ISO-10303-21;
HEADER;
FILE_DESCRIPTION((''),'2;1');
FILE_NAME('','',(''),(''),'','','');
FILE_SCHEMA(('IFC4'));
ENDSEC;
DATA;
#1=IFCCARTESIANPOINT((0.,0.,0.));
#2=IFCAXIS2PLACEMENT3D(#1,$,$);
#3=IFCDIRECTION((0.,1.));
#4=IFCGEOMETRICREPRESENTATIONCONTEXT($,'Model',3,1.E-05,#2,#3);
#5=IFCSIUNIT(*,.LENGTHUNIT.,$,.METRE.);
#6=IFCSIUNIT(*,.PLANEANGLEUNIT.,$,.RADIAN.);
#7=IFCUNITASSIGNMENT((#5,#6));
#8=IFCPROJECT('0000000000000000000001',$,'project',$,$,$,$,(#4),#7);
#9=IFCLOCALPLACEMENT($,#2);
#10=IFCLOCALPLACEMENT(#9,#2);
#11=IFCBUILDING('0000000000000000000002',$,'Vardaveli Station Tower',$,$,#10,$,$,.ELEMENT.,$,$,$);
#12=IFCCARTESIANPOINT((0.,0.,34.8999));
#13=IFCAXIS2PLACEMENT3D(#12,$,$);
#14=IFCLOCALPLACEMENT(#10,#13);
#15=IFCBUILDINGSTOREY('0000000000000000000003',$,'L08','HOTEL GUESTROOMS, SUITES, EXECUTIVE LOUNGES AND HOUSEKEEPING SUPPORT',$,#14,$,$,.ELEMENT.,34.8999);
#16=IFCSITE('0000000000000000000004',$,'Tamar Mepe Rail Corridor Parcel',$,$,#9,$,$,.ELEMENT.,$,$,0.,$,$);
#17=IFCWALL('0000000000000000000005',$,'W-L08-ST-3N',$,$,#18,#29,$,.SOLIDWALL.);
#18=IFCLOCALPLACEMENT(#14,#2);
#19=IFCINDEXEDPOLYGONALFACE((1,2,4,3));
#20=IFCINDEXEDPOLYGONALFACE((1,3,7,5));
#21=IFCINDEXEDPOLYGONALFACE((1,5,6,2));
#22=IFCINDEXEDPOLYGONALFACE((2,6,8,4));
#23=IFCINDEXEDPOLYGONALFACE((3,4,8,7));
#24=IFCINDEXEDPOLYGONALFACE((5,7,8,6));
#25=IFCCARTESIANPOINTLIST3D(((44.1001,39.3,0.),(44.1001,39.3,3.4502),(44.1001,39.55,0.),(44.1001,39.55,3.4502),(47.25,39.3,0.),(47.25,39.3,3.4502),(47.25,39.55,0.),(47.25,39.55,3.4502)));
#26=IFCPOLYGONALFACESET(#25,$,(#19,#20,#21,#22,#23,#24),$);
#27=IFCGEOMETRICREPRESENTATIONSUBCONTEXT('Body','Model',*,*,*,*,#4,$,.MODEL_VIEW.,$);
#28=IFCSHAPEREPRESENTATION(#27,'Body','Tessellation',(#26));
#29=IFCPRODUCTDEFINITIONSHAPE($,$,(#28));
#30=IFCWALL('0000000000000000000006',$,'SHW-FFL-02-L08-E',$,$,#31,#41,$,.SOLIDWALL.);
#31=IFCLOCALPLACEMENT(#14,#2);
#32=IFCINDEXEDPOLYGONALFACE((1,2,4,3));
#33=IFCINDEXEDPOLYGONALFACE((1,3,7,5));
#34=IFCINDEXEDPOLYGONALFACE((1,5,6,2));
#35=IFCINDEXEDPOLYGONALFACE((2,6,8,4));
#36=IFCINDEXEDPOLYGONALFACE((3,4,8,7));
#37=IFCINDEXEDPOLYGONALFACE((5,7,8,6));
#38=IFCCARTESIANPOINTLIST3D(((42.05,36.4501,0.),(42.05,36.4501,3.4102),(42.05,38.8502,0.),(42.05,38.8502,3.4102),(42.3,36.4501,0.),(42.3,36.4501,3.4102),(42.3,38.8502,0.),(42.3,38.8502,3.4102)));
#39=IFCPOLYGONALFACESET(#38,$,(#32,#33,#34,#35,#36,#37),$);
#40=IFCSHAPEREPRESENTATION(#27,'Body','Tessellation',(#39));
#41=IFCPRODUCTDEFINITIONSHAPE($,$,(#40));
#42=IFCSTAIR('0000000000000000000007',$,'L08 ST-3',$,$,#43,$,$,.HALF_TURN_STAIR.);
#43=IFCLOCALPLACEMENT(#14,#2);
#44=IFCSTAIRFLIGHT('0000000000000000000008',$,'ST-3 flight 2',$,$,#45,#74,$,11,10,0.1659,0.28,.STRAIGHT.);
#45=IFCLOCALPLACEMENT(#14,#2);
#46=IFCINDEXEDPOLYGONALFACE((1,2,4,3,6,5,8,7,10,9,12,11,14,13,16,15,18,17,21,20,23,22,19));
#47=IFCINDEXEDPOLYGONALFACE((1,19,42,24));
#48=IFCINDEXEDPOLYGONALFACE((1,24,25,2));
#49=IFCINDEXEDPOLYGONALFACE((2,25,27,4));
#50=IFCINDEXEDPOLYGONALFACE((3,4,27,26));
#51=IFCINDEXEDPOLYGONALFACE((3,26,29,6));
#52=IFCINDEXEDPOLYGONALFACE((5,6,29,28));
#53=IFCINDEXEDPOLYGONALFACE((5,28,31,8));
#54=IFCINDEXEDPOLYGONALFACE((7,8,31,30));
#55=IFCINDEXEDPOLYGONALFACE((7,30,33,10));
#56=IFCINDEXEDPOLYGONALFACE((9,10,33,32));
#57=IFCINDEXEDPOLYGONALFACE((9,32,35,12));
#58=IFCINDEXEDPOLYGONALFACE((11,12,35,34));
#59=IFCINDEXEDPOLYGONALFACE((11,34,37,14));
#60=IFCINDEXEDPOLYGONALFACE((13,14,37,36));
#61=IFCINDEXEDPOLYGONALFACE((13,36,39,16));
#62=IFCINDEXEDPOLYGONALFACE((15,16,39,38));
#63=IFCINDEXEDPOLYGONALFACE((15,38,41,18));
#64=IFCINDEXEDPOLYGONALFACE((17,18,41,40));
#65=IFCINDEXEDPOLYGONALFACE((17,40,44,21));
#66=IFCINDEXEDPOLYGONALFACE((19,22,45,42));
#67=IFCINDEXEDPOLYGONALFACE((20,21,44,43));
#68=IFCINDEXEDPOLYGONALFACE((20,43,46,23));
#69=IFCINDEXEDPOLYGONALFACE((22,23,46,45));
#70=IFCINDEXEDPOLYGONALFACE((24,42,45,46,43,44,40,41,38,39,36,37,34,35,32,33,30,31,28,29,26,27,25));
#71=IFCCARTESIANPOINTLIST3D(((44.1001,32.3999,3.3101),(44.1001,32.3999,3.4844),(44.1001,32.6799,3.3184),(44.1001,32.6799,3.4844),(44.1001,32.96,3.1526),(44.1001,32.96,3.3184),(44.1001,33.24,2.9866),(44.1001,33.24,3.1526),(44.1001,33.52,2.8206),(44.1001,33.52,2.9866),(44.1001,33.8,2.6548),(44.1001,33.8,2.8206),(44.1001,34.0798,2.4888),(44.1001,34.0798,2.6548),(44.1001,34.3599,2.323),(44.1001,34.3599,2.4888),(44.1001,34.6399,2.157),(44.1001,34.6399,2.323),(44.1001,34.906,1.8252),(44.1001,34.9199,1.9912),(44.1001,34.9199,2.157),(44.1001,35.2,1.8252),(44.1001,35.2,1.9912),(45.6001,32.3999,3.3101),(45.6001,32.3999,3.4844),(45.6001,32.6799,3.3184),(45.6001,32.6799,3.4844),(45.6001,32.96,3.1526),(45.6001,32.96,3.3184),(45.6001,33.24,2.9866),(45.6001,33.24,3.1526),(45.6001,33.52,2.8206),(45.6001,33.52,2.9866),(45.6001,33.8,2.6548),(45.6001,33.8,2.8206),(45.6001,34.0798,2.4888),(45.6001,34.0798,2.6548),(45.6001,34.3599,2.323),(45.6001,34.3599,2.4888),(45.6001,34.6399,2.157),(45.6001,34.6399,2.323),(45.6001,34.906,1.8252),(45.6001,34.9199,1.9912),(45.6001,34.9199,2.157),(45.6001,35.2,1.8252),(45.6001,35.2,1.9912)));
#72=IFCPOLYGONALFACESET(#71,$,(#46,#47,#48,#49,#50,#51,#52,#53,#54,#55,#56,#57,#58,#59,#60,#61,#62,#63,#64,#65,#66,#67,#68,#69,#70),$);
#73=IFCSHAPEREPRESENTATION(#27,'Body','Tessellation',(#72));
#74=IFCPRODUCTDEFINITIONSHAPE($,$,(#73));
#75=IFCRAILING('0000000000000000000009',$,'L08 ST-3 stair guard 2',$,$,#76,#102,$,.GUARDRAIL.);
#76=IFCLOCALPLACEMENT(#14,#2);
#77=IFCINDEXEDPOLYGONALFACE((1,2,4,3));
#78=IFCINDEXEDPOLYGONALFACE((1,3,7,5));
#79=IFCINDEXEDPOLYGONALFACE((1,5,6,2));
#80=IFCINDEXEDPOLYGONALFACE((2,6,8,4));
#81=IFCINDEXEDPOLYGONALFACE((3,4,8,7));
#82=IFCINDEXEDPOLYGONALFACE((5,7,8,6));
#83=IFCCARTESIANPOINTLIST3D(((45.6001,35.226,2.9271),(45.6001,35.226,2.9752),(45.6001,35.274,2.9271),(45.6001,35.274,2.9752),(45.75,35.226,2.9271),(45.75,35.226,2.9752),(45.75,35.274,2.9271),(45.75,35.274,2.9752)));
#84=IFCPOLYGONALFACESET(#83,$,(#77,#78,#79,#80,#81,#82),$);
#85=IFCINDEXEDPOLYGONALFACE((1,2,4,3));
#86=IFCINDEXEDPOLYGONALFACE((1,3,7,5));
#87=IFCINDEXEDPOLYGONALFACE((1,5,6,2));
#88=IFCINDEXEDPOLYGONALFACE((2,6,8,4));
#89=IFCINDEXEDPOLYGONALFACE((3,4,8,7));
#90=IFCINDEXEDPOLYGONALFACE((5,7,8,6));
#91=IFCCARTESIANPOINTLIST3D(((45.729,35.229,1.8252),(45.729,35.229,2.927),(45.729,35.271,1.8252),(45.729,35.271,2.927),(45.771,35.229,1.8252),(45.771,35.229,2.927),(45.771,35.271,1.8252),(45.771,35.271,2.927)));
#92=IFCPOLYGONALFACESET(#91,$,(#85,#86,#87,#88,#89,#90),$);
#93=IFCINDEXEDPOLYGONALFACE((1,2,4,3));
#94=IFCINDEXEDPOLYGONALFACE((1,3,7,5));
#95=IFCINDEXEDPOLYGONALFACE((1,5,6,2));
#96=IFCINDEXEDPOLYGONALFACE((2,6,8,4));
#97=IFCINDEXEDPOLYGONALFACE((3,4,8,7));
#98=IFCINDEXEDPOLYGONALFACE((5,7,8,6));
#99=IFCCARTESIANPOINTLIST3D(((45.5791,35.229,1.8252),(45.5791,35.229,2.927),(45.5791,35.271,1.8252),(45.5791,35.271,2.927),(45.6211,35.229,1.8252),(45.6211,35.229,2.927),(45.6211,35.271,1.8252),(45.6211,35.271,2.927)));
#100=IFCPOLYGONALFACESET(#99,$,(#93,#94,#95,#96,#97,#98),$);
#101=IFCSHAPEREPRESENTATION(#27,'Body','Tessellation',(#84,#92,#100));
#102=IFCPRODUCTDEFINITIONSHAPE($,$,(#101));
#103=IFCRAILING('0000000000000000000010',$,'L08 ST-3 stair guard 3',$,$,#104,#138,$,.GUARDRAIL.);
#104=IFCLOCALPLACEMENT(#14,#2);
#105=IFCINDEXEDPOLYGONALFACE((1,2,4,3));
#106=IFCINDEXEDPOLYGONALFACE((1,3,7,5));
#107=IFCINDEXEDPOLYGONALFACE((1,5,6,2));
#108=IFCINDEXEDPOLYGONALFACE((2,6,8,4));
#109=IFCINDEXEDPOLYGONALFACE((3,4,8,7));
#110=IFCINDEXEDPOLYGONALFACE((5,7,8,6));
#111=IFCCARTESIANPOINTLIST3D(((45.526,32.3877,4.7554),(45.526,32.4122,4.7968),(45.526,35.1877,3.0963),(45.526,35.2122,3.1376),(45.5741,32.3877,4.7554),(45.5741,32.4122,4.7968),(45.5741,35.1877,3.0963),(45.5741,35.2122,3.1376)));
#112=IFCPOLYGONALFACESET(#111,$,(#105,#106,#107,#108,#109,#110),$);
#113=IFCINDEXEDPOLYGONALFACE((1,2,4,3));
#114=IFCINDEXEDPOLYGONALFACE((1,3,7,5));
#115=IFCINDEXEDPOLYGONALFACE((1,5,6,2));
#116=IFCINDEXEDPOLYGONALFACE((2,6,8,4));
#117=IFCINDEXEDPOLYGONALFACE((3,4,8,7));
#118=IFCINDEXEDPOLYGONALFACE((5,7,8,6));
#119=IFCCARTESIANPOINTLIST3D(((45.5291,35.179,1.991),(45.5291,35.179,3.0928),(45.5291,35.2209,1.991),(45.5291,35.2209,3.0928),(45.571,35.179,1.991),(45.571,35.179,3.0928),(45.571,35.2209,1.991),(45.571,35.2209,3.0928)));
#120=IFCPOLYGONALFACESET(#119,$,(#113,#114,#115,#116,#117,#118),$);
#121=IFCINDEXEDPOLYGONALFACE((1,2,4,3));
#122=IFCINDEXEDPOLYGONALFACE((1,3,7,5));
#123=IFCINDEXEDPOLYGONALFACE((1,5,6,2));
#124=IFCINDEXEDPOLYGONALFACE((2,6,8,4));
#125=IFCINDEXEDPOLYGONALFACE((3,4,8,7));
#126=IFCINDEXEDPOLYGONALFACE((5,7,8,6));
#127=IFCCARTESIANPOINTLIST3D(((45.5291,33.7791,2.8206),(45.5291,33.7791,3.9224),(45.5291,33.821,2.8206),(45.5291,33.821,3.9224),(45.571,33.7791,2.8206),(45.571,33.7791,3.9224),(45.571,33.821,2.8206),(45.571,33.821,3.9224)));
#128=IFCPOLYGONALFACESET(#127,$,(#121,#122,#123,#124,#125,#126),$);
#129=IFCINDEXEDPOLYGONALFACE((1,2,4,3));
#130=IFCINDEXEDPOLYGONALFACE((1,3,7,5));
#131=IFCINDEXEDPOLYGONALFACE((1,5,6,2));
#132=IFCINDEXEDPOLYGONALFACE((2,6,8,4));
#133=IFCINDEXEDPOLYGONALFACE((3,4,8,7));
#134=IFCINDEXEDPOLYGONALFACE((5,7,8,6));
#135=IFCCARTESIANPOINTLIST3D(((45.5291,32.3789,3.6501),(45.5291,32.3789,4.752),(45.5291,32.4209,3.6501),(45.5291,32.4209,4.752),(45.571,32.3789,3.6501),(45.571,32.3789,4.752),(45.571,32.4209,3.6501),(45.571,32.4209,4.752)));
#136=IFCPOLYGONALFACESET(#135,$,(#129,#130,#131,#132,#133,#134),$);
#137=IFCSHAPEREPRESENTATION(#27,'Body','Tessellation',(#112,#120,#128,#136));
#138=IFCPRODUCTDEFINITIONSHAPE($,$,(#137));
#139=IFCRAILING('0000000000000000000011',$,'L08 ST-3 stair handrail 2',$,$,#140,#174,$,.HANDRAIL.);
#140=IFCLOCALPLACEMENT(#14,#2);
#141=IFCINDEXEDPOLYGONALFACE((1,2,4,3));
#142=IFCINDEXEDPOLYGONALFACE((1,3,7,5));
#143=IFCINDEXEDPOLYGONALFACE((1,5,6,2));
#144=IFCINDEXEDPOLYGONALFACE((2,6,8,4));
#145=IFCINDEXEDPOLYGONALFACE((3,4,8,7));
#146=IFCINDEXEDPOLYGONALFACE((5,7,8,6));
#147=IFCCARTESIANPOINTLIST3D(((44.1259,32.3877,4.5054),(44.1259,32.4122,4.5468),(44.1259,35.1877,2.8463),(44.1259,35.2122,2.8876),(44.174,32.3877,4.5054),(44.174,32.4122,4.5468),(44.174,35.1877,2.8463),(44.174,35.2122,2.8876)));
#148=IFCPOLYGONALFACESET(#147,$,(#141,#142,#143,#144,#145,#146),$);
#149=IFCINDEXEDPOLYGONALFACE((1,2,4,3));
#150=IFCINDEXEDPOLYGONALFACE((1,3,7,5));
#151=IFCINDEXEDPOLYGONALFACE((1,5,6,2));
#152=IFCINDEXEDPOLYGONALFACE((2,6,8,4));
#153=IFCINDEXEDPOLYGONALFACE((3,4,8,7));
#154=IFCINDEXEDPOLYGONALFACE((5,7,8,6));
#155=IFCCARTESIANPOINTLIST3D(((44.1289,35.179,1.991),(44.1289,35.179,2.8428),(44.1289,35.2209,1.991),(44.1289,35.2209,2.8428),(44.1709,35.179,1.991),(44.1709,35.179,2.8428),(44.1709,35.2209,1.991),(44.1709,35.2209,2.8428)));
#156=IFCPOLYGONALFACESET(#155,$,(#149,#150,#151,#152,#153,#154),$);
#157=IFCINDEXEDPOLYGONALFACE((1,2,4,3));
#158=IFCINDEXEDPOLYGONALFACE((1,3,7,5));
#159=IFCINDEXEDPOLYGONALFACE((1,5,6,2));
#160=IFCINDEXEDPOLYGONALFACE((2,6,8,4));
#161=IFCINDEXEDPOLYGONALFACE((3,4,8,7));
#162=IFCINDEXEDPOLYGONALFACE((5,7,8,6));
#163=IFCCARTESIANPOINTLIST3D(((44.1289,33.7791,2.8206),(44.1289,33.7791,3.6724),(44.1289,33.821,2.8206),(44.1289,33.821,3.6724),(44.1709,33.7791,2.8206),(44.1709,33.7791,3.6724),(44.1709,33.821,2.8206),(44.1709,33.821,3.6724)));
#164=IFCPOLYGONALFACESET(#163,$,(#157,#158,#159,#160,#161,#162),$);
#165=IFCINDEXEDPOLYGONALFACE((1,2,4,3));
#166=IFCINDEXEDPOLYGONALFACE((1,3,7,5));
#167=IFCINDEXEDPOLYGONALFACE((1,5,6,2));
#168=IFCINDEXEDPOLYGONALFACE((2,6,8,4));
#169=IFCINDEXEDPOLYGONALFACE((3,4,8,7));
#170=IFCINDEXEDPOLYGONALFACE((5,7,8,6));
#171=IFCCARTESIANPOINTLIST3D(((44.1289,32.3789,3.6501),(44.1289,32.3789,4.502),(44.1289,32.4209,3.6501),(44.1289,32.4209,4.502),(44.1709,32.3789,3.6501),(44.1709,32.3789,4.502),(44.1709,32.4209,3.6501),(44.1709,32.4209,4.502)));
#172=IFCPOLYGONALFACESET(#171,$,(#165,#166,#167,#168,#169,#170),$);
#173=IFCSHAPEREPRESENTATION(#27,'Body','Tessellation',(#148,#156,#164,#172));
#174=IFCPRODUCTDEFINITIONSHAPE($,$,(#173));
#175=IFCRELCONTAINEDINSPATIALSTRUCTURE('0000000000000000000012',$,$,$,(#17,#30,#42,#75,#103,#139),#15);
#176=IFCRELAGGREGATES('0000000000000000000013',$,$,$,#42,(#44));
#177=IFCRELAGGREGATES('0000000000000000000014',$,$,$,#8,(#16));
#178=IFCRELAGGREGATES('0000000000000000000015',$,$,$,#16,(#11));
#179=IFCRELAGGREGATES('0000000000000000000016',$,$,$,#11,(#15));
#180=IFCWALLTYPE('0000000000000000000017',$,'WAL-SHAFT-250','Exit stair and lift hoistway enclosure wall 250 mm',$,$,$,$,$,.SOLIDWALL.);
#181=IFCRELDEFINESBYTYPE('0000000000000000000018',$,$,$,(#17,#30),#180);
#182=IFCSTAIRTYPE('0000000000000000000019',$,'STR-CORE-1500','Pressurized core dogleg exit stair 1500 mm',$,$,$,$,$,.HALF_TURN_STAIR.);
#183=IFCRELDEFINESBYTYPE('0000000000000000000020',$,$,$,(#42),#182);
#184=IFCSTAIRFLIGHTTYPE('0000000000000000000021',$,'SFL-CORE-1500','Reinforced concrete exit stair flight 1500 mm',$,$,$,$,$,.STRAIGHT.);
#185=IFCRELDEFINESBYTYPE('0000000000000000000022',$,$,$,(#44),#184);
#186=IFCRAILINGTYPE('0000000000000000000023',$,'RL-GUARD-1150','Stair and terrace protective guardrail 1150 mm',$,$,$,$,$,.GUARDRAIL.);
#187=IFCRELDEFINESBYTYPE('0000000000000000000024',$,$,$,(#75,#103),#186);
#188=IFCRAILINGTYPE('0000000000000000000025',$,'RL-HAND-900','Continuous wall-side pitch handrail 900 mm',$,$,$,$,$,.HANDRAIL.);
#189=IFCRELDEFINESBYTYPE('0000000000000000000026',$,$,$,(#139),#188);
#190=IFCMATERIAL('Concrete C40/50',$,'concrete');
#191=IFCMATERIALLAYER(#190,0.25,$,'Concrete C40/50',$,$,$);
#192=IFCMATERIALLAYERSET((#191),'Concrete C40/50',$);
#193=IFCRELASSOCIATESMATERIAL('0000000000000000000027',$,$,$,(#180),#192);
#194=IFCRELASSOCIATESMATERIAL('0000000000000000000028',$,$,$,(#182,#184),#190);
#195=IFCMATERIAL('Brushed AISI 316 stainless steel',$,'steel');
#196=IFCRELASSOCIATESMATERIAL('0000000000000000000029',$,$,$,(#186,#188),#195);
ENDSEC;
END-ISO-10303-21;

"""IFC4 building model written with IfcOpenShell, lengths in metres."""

from ifc_helpers import new_model, si_unit, direction, frame, frame_2d, origin, origin_2d, place, context, subcontext, project, spatial, polyline, rectangle, outline, extrude, source, transform, mapped, material, layer, layer_set, type_object, element, aggregate, save


model = new_model("IFC4")

# Units and contexts
model_context = context("Model", 3, precision=1e-05, world=origin(), true_north=direction((0.0, 1.0)))
body_context = subcontext(model_context, "Body", "Model", "MODEL_VIEW")
ifc_project = project(units=[si_unit("LENGTHUNIT", "METRE"), si_unit("PLANEANGLEUNIT", "RADIAN")], contexts=[model_context])

# Site, building, storey
site_placement = place(None, origin())
site = spatial("IfcSite", under=ifc_project, at=site_placement, Name="Tamar Mepe Rail Corridor Parcel", CompositionType="ELEMENT", RefElevation=0.0)
building_placement = place(site_placement, origin())
building = spatial("IfcBuilding", under=site, at=building_placement, Name="Vardaveli Station Tower", CompositionType="ELEMENT")
storey_placement = place(building_placement, frame((0.0, 0.0, 34.8999)))
storey = spatial("IfcBuildingStorey", under=building, at=storey_placement, Name="L08", Description="HOTEL GUESTROOMS, SUITES, EXECUTIVE LOUNGES AND HOUSEKEEPING SUPPORT", CompositionType="ELEMENT", Elevation=34.8999)

# Walls
ifc_material_1 = material(Name="Concrete C40/50", Category="concrete")
ifc_layer_1 = layer(ifc_material_1, 0.25, Name="Concrete C40/50")
ifc_layer_set_1 = layer_set([ifc_layer_1], Name="Concrete C40/50")
wall_type_1 = type_object("IfcWallType", Name="WAL-SHAFT-250", Description="Exit stair and lift hoistway enclosure wall 250 mm", PredefinedType="SOLIDWALL", material=ifc_layer_set_1)
shared_shape_1 = source(origin(), body_context, "Body", "SweptSolid", [
    extrude(rectangle(XDim=3.1499, YDim=0.25, at=frame_2d((1.575, 0.0))), origin(), (0.0, 0.0, 1.0), 3.4502),
])
wall_1_placement = place(storey_placement, frame((44.1001, 39.425, 0.0), z_axis=(0.0, 0.0, 1.0), x_axis=(1.0, 0.0, 0.0)))
element("IfcWall", 1, at=wall_1_placement, inside=storey, type_object=wall_type_1, Name="W-L08-ST-3N", PredefinedType="SOLIDWALL", context=body_context, shape_type="MappedRepresentation", body=[
    mapped(shared_shape_1, transform((0.0, 0.0, 0.0), scale=1.0)),
])
shared_shape_2 = source(origin(), body_context, "Body", "SweptSolid", [
    extrude(rectangle(XDim=2.4001, YDim=0.25, at=frame_2d((1.2002, 0.0))), origin(), (0.0, 0.0, 1.0), 3.4102),
])
wall_2_placement = place(storey_placement, frame((42.175, 36.45, 0.0), z_axis=(0.0, 0.0, 1.0), x_axis=(0.0, 1.0, 0.0)))
element("IfcWall", 2, at=wall_2_placement, inside=storey, type_object=wall_type_1, Name="SHW-FFL-02-L08-E", PredefinedType="SOLIDWALL", context=body_context, shape_type="MappedRepresentation", body=[
    mapped(shared_shape_2, transform((0.0, 0.0, 0.0), scale=1.0)),
])

# Stair, stair flight
stair_type = type_object("IfcStairType", Name="STR-CORE-1500", Description="Pressurized core dogleg exit stair 1500 mm", PredefinedType="HALF_TURN_STAIR", material=ifc_material_1)
stair_placement = place(storey_placement, origin())
stair = element("IfcStair", 3, at=stair_placement, inside=storey, type_object=stair_type, Name="L08 ST-3", PredefinedType="HALF_TURN_STAIR")
stair_flight_type = type_object("IfcStairFlightType", Name="SFL-CORE-1500", Description="Reinforced concrete exit stair flight 1500 mm", PredefinedType="STRAIGHT", material=ifc_material_1)
shared_shape_3 = source(origin(), body_context, "Body", "SweptSolid", [
    extrude(outline(polyline([(0.0, 0.0), (0.0, 0.166), (0.28, 0.166), (0.28, 0.3318), (0.5601, 0.3318), (0.5601, 0.4978), (0.8401, 0.4978), (0.8401, 0.6636), (1.1201, 0.6636), (1.1201, 0.8296), (1.3999, 0.8296), (1.3999, 0.9954), (1.6799, 0.9954), (1.6799, 1.1614), (1.96, 1.1614), (1.96, 1.3274), (2.24, 1.3274), (2.24, 1.4932), (2.52, 1.4932), (2.52, 1.6592), (2.8, 1.6592), (2.8, 1.825), (2.8, 1.4849), (0.2939, 0.0), (0.0, 0.0)])), frame((0.0, 0.75, 0.0), z_axis=(0.0, -1.0, 0.0), x_axis=(1.0, 0.0, 0.0)), (0.0, 0.0, 1.0), 1.5),
])
stair_flight_placement = place(storey_placement, frame((44.8501, 35.2, 1.8252), z_axis=(0.0, 0.0, 1.0), x_axis=(0.0, -1.0, 0.0)))
stair_flight = element("IfcStairFlight", 4, at=stair_flight_placement, type_object=stair_flight_type, Name="ST-3 flight 2", NumberOfRisers=11, NumberOfTreads=10, PredefinedType="STRAIGHT", RiserHeight=0.1659, TreadLength=0.28, context=body_context, shape_type="MappedRepresentation", body=[
    mapped(shared_shape_3, transform((0.0, 0.0, 0.0), scale=1.0)),
])
aggregate(stair, [stair_flight])

# Railings
ifc_material_2 = material(Name="Brushed AISI 316 stainless steel", Category="steel")
railing_type_1 = type_object("IfcRailingType", Name="RL-GUARD-1150", Description="Stair and terrace protective guardrail 1150 mm", PredefinedType="GUARDRAIL", material=ifc_material_2)
shared_shape_4 = source(origin(), body_context, "Body", "SweptSolid", [
    extrude(rectangle(XDim=0.0481, YDim=0.0481, at=origin_2d()), frame((0.0, 0.0, 1.126), z_axis=(-1.0, 0.0, 0.0), x_axis=(0.0, -1.0, 0.0)), (0.0, 0.0, 1.0), 0.1499),
    extrude(rectangle(XDim=0.042, YDim=0.042, at=origin_2d()), origin(), (0.0, 0.0, 1.0), 1.1018),
    extrude(rectangle(XDim=0.042, YDim=0.042, at=origin_2d()), frame((-0.1499, 0.0, 0.0)), (0.0, 0.0, 1.0), 1.1018),
])
railing_1_placement = place(storey_placement, frame((45.75, 35.25, 1.8252)))
element("IfcRailing", 5, at=railing_1_placement, inside=storey, type_object=railing_type_1, Name="L08 ST-3 stair guard 2", PredefinedType="GUARDRAIL", context=body_context, shape_type="MappedRepresentation", body=[
    mapped(shared_shape_4, transform((0.0, 0.0, 0.0), scale=1.0)),
])
shared_shape_5 = source(origin(), body_context, "Body", "SweptSolid", [
    extrude(rectangle(XDim=0.0481, YDim=0.0481, at=origin_2d()), frame((0.0, 0.0, 1.126), z_axis=(0.0, -0.860306, 0.509778), x_axis=(1.0, 0.0, 0.0)), (0.0, 0.0, 1.0), 3.2546),
    extrude(rectangle(XDim=0.042, YDim=0.042, at=origin_2d()), origin(), (0.0, 0.0, 1.0), 1.1018),
    extrude(rectangle(XDim=0.042, YDim=0.042, at=origin_2d()), frame((0.0, -1.3999, 0.8296)), (0.0, 0.0, 1.0), 1.1018),
    extrude(rectangle(XDim=0.042, YDim=0.042, at=origin_2d()), frame((0.0, -2.8, 1.6592)), (0.0, 0.0, 1.0), 1.1018),
])
railing_2_placement = place(storey_placement, frame((45.55, 35.2, 1.991)))
element("IfcRailing", 6, at=railing_2_placement, inside=storey, type_object=railing_type_1, Name="L08 ST-3 stair guard 3", PredefinedType="GUARDRAIL", context=body_context, shape_type="MappedRepresentation", body=[
    mapped(shared_shape_5, transform((0.0, 0.0, 0.0), scale=1.0)),
])
railing_type_2 = type_object("IfcRailingType", Name="RL-HAND-900", Description="Continuous wall-side pitch handrail 900 mm", PredefinedType="HANDRAIL", material=ifc_material_2)
shared_shape_6 = source(origin(), body_context, "Body", "SweptSolid", [
    extrude(rectangle(XDim=0.0481, YDim=0.0481, at=origin_2d()), frame((0.0, 0.0, 0.876), z_axis=(0.0, -0.860306, 0.509778), x_axis=(1.0, 0.0, 0.0)), (0.0, 0.0, 1.0), 3.2546),
    extrude(rectangle(XDim=0.042, YDim=0.042, at=origin_2d()), origin(), (0.0, 0.0, 1.0), 0.8518),
    extrude(rectangle(XDim=0.042, YDim=0.042, at=origin_2d()), frame((0.0, -1.3999, 0.8296)), (0.0, 0.0, 1.0), 0.8518),
    extrude(rectangle(XDim=0.042, YDim=0.042, at=origin_2d()), frame((0.0, -2.8, 1.6592)), (0.0, 0.0, 1.0), 0.8518),
])
railing_3_placement = place(storey_placement, frame((44.1499, 35.2, 1.991)))
element("IfcRailing", 7, at=railing_3_placement, inside=storey, type_object=railing_type_2, Name="L08 ST-3 stair handrail 2", PredefinedType="HANDRAIL", context=body_context, shape_type="MappedRepresentation", body=[
    mapped(shared_shape_6, transform((0.0, 0.0, 0.0), scale=1.0)),
])

save(model, "model.ifc")
